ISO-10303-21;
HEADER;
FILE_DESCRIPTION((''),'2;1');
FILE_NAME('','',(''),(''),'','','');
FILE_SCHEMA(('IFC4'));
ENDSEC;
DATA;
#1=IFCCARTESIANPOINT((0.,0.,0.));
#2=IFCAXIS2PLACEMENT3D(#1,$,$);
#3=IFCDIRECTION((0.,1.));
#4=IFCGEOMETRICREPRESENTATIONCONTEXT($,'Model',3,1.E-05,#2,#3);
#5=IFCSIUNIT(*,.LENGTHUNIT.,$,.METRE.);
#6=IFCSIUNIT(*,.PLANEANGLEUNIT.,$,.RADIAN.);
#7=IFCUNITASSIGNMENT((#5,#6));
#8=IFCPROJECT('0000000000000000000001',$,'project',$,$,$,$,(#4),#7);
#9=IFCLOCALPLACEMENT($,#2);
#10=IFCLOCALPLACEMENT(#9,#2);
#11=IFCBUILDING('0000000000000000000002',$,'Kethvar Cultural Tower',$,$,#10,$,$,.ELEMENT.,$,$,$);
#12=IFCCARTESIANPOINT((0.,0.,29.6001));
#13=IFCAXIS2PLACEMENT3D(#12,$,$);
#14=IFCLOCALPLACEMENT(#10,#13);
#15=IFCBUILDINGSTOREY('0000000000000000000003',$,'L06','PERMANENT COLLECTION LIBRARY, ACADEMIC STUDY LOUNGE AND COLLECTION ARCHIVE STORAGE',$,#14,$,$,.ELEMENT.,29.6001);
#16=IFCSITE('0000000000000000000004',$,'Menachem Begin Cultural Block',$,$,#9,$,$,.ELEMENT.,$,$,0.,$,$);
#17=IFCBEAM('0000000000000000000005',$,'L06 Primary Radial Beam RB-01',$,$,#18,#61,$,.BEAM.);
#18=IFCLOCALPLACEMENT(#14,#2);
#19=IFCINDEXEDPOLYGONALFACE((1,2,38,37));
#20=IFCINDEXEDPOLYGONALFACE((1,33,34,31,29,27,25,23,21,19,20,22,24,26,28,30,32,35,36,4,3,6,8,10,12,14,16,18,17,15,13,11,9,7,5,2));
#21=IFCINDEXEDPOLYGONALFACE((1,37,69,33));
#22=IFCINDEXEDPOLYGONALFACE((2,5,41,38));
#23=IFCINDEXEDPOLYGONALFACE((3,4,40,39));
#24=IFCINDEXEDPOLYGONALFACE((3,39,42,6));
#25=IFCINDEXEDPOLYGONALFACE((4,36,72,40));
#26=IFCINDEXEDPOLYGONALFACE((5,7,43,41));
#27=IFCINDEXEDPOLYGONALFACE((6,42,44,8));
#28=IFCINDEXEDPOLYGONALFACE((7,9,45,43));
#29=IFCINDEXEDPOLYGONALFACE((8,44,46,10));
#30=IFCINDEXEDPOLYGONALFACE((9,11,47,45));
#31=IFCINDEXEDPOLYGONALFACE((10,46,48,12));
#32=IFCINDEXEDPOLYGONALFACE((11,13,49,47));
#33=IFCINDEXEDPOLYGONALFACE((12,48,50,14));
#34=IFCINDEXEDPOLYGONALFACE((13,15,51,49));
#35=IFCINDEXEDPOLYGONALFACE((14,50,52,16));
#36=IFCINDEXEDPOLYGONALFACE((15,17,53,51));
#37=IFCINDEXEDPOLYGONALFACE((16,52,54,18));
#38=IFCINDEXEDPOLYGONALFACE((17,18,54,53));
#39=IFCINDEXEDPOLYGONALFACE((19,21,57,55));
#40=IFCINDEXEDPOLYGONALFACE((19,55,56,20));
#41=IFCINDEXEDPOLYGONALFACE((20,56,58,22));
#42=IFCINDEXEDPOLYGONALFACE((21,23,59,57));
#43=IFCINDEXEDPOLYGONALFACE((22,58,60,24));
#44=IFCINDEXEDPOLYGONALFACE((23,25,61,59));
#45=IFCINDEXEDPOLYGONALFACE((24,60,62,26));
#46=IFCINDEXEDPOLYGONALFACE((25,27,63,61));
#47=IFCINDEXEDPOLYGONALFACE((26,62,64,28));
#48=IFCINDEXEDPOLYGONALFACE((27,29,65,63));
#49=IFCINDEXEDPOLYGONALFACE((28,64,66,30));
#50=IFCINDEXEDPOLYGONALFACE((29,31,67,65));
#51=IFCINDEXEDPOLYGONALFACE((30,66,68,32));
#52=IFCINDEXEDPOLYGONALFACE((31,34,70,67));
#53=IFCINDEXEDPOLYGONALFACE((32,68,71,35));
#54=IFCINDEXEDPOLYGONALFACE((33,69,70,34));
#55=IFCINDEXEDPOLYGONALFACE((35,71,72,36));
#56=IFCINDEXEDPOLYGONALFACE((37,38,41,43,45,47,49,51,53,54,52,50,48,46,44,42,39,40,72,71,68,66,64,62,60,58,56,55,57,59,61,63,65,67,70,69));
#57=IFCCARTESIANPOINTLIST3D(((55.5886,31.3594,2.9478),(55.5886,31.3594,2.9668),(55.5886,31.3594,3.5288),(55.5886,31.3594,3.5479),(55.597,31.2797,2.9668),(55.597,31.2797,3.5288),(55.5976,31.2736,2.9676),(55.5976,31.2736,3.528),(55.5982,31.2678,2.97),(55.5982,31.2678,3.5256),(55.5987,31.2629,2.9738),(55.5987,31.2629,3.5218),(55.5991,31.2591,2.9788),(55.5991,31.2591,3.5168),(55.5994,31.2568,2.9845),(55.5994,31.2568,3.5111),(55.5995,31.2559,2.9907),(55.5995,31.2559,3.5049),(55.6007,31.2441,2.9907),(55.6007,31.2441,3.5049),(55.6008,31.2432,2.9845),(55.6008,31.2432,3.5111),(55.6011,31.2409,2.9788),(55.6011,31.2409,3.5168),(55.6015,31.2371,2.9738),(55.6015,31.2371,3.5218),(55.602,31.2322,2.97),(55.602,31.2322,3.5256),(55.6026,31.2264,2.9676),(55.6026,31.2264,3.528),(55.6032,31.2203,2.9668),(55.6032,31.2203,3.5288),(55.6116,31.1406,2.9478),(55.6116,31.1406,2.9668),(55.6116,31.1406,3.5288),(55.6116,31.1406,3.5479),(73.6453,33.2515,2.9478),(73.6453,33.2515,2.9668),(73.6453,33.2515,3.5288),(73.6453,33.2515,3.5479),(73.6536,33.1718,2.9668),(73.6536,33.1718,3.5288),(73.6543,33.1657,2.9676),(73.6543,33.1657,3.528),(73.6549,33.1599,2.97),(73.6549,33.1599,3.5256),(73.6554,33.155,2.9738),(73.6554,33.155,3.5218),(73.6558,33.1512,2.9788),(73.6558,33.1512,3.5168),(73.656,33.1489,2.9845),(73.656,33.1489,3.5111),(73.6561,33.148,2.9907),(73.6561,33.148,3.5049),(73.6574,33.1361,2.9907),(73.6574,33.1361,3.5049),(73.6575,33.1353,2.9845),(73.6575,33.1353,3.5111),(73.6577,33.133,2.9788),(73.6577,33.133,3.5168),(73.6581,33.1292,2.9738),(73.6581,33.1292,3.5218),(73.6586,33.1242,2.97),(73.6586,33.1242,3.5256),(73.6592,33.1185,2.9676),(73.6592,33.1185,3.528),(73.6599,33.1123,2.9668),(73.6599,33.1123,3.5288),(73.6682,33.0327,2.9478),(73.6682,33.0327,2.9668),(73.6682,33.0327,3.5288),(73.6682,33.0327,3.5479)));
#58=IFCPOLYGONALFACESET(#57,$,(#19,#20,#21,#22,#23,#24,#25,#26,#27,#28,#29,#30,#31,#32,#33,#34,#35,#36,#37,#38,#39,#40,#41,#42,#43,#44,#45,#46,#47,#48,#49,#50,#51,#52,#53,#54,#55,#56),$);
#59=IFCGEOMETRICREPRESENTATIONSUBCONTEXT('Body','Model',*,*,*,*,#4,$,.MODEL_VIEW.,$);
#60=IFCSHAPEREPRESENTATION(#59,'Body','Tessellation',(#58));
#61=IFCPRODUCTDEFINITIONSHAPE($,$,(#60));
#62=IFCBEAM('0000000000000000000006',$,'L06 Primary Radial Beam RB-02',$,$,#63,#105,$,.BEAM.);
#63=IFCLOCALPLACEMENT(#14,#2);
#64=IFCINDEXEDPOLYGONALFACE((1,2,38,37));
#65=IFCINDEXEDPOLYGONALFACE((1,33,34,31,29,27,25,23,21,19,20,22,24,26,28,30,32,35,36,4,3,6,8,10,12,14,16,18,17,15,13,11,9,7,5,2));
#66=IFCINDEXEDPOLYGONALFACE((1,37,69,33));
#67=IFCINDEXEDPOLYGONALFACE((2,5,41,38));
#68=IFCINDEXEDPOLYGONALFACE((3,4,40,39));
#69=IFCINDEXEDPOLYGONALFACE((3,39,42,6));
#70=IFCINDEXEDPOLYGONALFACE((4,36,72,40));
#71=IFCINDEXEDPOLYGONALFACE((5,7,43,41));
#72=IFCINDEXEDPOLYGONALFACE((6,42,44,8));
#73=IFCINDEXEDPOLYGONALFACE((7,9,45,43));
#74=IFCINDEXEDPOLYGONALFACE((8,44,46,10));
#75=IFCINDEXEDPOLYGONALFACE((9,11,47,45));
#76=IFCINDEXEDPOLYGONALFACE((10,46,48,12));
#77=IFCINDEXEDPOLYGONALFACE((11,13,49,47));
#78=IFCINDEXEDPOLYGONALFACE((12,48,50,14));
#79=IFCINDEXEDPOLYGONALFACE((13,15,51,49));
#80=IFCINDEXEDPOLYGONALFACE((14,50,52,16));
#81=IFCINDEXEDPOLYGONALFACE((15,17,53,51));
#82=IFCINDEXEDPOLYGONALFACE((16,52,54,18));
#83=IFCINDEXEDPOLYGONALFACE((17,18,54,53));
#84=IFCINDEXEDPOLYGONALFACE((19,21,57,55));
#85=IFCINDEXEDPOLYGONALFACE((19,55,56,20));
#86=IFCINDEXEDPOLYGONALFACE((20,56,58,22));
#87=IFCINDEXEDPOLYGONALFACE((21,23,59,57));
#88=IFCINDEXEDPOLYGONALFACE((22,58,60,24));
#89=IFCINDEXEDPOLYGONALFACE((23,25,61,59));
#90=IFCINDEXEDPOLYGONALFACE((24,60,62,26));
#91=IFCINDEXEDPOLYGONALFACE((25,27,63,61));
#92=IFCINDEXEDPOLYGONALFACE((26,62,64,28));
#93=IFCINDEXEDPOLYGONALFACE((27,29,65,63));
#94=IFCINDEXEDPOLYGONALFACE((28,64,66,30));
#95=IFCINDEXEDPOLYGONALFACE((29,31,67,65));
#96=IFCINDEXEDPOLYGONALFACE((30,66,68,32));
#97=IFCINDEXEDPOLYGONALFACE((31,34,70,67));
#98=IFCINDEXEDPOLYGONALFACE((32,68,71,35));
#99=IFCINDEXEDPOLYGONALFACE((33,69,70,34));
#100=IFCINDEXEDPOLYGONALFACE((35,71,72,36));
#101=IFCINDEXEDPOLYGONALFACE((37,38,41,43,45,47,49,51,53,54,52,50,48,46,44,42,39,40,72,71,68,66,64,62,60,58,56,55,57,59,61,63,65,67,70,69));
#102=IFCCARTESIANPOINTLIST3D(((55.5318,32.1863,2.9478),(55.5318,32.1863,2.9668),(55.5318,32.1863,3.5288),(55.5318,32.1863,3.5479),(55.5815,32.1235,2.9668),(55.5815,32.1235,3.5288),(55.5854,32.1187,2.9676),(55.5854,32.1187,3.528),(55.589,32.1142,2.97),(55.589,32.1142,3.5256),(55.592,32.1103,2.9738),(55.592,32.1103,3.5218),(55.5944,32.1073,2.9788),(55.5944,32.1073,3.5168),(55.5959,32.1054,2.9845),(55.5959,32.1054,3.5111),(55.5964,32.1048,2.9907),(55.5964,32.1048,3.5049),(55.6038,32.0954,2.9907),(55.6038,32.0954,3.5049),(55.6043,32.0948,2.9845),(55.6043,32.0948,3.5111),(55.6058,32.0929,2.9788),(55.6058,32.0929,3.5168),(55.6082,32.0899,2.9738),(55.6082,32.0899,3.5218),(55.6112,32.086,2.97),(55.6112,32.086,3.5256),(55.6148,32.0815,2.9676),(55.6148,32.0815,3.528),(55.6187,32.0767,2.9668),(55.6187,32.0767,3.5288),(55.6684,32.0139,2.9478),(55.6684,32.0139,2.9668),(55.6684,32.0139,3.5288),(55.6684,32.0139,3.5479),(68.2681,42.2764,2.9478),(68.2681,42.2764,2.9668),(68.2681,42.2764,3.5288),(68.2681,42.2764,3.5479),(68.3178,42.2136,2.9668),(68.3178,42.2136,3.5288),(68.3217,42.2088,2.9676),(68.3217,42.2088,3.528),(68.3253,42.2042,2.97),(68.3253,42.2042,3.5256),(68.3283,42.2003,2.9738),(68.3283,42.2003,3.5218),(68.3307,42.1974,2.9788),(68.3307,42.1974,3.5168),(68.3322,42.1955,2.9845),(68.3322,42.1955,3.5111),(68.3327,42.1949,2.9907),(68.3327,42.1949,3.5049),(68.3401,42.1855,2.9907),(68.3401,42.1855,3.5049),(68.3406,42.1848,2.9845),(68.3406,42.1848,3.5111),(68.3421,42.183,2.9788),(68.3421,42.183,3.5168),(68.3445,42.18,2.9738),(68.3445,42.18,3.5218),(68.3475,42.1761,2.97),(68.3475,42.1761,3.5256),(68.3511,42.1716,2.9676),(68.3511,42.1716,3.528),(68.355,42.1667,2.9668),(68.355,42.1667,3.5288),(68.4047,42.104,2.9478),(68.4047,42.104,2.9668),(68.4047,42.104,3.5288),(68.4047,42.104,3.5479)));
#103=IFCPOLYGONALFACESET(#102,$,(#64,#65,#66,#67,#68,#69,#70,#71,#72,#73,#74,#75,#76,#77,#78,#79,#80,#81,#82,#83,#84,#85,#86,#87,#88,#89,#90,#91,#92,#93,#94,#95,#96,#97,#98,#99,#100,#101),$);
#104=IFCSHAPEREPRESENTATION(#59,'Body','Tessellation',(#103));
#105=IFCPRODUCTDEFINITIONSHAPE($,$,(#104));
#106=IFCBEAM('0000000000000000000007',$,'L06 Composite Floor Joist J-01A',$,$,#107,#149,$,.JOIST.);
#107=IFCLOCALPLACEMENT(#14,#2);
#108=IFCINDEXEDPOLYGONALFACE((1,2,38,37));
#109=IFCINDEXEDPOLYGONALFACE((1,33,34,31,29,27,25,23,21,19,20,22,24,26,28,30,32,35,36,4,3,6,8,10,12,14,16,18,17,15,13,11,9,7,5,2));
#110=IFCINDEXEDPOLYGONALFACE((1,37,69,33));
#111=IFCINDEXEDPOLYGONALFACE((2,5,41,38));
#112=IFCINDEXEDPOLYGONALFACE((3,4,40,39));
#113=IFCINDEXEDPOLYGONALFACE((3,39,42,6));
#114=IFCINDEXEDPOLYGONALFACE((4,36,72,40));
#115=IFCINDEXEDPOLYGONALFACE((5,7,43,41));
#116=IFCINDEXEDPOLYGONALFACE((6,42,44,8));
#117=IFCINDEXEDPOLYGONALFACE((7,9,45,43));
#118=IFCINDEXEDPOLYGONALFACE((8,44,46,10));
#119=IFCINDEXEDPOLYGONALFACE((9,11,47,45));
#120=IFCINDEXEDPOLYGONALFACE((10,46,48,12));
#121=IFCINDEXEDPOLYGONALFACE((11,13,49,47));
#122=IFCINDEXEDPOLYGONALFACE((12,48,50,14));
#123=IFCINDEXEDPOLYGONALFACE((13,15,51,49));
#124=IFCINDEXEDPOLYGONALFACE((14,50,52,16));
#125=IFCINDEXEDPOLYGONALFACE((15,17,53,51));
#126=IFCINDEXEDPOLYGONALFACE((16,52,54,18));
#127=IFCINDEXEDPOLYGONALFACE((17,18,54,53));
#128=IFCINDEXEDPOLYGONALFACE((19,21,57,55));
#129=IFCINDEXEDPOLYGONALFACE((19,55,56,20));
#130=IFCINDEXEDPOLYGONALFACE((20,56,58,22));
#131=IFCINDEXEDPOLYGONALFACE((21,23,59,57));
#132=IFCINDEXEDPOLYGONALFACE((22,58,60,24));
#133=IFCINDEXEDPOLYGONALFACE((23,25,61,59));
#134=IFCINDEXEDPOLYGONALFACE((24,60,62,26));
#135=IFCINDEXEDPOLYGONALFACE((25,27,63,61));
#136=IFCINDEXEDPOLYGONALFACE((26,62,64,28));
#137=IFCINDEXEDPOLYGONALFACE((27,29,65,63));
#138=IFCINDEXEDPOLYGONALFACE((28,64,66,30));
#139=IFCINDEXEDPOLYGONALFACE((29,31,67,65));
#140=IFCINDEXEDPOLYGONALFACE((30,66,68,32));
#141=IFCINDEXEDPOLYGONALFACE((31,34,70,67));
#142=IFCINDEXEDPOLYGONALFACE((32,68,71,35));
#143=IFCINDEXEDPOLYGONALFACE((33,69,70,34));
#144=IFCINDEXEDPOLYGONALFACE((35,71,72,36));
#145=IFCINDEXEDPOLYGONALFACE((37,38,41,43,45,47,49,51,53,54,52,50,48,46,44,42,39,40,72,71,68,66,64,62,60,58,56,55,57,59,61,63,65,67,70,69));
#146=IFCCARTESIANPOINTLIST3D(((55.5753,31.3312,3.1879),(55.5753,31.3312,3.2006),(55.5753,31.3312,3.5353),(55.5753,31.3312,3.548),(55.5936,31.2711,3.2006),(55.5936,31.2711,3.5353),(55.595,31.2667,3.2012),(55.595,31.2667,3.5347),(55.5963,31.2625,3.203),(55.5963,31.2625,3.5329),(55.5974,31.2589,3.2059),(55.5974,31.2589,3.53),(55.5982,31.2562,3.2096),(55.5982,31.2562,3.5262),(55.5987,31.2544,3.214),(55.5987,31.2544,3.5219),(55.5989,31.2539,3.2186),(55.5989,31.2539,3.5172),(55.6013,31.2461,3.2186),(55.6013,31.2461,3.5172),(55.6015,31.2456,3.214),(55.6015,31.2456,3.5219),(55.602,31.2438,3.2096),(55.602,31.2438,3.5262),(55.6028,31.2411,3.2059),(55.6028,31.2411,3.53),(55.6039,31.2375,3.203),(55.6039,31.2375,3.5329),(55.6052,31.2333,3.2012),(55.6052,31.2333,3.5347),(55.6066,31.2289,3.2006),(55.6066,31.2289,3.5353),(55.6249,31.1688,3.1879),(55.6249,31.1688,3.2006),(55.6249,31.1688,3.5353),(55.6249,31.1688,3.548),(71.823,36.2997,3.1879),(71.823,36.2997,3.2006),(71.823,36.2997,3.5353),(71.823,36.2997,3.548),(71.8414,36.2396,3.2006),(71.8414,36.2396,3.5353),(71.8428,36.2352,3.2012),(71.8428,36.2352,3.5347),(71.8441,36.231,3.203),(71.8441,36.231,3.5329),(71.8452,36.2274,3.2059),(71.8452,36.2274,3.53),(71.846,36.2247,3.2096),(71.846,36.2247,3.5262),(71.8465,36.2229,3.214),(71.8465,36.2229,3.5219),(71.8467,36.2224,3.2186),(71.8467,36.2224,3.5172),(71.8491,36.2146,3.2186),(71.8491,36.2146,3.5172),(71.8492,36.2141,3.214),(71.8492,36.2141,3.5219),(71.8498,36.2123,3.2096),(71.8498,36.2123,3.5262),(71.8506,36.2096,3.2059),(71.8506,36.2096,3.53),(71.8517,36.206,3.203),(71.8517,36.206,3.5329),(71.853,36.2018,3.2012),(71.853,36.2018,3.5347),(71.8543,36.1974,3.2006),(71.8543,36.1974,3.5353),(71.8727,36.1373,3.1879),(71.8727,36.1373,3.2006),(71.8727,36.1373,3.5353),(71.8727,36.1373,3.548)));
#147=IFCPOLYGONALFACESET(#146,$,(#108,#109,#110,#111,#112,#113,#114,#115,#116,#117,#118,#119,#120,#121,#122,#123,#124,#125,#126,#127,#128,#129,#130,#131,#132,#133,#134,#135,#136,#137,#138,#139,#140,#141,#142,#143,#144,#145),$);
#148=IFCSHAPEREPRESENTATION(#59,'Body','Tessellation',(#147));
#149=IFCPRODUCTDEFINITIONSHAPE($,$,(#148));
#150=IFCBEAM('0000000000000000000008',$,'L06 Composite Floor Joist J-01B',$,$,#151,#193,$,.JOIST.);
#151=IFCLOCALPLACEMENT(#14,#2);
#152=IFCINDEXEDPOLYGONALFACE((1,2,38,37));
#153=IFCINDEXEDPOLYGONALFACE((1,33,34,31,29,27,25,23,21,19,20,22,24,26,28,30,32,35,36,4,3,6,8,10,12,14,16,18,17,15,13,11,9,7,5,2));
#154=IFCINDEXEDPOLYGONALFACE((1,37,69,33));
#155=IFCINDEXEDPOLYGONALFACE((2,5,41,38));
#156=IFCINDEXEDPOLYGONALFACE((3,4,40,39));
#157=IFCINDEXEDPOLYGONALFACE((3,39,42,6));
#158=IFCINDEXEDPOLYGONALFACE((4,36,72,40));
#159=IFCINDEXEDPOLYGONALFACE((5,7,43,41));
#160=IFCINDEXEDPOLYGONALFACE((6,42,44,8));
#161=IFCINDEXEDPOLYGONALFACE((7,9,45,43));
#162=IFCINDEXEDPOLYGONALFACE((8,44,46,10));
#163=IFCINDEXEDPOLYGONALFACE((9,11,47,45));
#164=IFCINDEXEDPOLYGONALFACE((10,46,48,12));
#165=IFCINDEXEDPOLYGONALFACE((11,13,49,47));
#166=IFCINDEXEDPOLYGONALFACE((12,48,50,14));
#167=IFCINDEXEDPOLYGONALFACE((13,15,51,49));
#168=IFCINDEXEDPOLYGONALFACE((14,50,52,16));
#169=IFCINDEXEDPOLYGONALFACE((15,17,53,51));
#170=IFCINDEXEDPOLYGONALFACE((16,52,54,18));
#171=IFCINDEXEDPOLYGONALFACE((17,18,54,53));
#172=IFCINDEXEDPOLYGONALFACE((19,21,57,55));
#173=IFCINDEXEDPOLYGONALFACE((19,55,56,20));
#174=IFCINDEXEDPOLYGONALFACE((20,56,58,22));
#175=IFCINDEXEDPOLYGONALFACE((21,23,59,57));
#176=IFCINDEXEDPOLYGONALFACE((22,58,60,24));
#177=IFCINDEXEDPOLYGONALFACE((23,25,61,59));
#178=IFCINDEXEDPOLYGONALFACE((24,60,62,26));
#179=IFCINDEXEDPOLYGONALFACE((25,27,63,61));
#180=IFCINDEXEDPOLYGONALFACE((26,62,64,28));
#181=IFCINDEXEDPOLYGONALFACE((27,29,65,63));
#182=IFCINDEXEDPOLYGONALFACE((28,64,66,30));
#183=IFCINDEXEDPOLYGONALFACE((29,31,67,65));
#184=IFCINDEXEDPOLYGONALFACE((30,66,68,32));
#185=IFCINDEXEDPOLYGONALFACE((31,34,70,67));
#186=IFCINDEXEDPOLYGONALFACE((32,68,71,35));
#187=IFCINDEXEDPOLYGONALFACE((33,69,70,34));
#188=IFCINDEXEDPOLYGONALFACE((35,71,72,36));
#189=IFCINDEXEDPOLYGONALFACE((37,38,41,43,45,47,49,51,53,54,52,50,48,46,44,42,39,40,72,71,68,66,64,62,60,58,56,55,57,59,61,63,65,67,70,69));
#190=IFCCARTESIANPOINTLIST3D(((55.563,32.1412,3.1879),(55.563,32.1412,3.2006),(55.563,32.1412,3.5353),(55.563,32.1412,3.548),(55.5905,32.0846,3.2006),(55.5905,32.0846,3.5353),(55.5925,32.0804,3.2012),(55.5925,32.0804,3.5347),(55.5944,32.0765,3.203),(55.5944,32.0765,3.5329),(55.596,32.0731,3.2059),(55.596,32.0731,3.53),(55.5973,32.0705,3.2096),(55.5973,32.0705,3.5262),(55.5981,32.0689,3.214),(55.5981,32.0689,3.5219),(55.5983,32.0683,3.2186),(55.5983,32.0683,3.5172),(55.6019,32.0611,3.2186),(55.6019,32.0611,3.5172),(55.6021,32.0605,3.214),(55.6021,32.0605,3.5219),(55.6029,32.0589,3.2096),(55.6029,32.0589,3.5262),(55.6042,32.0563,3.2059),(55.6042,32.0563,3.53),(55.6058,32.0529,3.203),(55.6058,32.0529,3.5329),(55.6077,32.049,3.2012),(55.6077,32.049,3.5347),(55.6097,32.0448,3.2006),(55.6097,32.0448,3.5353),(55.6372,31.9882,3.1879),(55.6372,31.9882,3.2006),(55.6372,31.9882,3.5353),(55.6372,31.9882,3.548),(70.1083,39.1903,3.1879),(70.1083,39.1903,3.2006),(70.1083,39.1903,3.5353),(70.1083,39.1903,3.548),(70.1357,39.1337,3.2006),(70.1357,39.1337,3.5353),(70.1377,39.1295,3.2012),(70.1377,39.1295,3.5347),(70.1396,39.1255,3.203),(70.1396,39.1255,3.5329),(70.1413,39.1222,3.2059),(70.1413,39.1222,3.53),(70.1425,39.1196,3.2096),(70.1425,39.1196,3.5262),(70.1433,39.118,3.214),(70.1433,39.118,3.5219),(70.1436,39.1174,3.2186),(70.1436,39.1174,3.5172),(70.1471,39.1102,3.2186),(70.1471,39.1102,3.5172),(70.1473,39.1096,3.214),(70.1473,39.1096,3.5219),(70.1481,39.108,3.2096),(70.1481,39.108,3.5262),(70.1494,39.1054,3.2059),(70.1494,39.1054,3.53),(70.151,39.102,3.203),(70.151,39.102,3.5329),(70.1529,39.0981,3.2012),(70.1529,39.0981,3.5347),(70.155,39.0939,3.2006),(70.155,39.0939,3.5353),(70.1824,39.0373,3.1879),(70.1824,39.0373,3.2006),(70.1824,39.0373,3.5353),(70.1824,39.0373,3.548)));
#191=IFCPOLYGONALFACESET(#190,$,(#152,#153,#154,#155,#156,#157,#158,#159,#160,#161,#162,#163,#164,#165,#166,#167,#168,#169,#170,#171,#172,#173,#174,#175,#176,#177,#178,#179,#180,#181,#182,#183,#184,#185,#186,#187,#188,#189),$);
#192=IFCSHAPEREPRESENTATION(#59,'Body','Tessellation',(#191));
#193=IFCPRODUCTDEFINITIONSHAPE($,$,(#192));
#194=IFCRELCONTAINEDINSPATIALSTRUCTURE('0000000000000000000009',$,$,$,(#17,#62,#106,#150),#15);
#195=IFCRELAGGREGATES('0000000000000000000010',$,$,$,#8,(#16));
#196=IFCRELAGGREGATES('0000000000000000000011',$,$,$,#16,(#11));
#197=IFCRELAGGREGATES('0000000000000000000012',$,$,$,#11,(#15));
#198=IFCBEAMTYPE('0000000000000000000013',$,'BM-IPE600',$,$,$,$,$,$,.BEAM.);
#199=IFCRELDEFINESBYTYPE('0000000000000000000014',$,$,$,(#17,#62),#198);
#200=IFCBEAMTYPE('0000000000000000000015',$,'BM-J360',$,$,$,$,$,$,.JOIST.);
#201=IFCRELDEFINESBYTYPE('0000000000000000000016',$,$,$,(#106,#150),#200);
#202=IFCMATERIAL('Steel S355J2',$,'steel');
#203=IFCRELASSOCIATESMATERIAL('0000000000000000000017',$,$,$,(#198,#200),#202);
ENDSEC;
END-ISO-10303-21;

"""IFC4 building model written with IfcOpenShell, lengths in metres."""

from ifc_helpers import new_model, si_unit, direction, frame, origin, origin_2d, place, context, subcontext, project, spatial, i_section, extrude, source, transform, mapped, material, material_profile, profile_set, type_object, element, save


model = new_model("IFC4")

# Units and contexts
model_context = context("Model", 3, precision=1e-05, world=origin(), true_north=direction((0.0, 1.0)))
body_context = subcontext(model_context, "Body", "Model", "MODEL_VIEW")
ifc_project = project(units=[si_unit("LENGTHUNIT", "METRE"), si_unit("PLANEANGLEUNIT", "RADIAN")], contexts=[model_context])

# Site, building, storey
site_placement = place(None, origin())
site = spatial("IfcSite", under=ifc_project, at=site_placement, Name="Menachem Begin Cultural Block", CompositionType="ELEMENT", RefElevation=0.0)
building_placement = place(site_placement, origin())
building = spatial("IfcBuilding", under=site, at=building_placement, Name="Kethvar Cultural Tower", CompositionType="ELEMENT")
storey_placement = place(building_placement, frame((0.0, 0.0, 29.6001)))
storey = spatial("IfcBuildingStorey", under=building, at=storey_placement, Name="L06", Description="PERMANENT COLLECTION LIBRARY, ACADEMIC STUDY LOUNGE AND COLLECTION ARCHIVE STORAGE", CompositionType="ELEMENT", Elevation=29.6001)

# Beams
ifc_material_1 = material(Name="Steel S355J2", Category="steel")
ifc_material_profile_1 = material_profile(ifc_material_1, i_section(OverallWidth=0.22, OverallDepth=0.6001, WebThickness=0.012, FlangeThickness=0.019, FilletRadius=0.0239, at=origin_2d()), Name="Steel S355J2 — IPE600")
ifc_profile_set_1 = profile_set([ifc_material_profile_1], Name="Steel S355J2 — IPE600")
beam_type_1 = type_object("IfcBeamType", Name="BM-IPE600", PredefinedType="BEAM", material=ifc_profile_set_1)
shared_shape_1 = source(origin(), body_context, "Body", "SweptSolid", [
    extrude(i_section(OverallWidth=0.22, OverallDepth=0.6001, WebThickness=0.012, FlangeThickness=0.019, FilletRadius=0.0239, at=origin_2d()), origin(), (0.0, 0.0, 1.0), 18.1555),
])
beam_1_placement = place(storey_placement, frame((55.6001, 31.25, 3.2478), z_axis=(0.994555, 0.104216, 0.0), x_axis=(-0.104216, 0.994555, 0.0)))
element("IfcBeam", 1, at=beam_1_placement, inside=storey, type_object=beam_type_1, Name="L06 Primary Radial Beam RB-01", PredefinedType="BEAM", context=body_context, shape_type="MappedRepresentation", body=[
    mapped(shared_shape_1, transform((0.0, 0.0, 0.0), scale=1.0)),
])
shared_shape_2 = source(origin(), body_context, "Body", "SweptSolid", [
    extrude(i_section(OverallWidth=0.22, OverallDepth=0.6001, WebThickness=0.012, FlangeThickness=0.019, FilletRadius=0.0239, at=origin_2d()), origin(), (0.0, 0.0, 1.0), 16.2488),
])
beam_2_placement = place(storey_placement, frame((55.6001, 32.1001, 3.2478), z_axis=(0.783831, 0.620974, 0.0), x_axis=(-0.620974, 0.783831, 0.0)))
element("IfcBeam", 2, at=beam_2_placement, inside=storey, type_object=beam_type_1, Name="L06 Primary Radial Beam RB-02", PredefinedType="BEAM", context=body_context, shape_type="MappedRepresentation", body=[
    mapped(shared_shape_2, transform((0.0, 0.0, 0.0), scale=1.0)),
])
ifc_material_profile_2 = material_profile(ifc_material_1, i_section(OverallWidth=0.1699, OverallDepth=0.3601, WebThickness=0.0081, FlangeThickness=0.0127, FilletRadius=0.0181, at=origin_2d()), Name="Steel S355J2 — IPE360")
ifc_profile_set_2 = profile_set([ifc_material_profile_2], Name="Steel S355J2 — IPE360")
beam_type_2 = type_object("IfcBeamType", Name="BM-J360", PredefinedType="JOIST", material=ifc_profile_set_2)
shared_shape_3 = source(origin(), body_context, "Body", "SweptSolid", [
    extrude(i_section(OverallWidth=0.1699, OverallDepth=0.3601, WebThickness=0.0081, FlangeThickness=0.0127, FilletRadius=0.0181, at=origin_2d()), origin(), (0.0, 0.0, 1.0), 16.9905),
])
beam_3_placement = place(storey_placement, frame((55.6001, 31.25, 3.3679), z_axis=(0.956287, 0.292428, 0.0), x_axis=(-0.292428, 0.956287, 0.0)))
element("IfcBeam", 3, at=beam_3_placement, inside=storey, type_object=beam_type_2, Name="L06 Composite Floor Joist J-01A", PredefinedType="JOIST", context=body_context, shape_type="MappedRepresentation", body=[
    mapped(shared_shape_3, transform((0.0, 0.0, 0.0), scale=1.0)),
])
shared_shape_4 = source(origin(), body_context, "Body", "SweptSolid", [
    extrude(i_section(OverallWidth=0.1699, OverallDepth=0.3601, WebThickness=0.0081, FlangeThickness=0.0127, FilletRadius=0.0181, at=origin_2d()), origin(), (0.0, 0.0, 1.0), 16.1633),
])
beam_4_placement = place(storey_placement, frame((55.6001, 32.0647, 3.3679), z_axis=(0.89989, 0.436117, 0.0), x_axis=(-0.436117, 0.89989, 0.0)))
element("IfcBeam", 4, at=beam_4_placement, inside=storey, type_object=beam_type_2, Name="L06 Composite Floor Joist J-01B", PredefinedType="JOIST", context=body_context, shape_type="MappedRepresentation", body=[
    mapped(shared_shape_4, transform((0.0, 0.0, 0.0), scale=1.0)),
])

save(model, "model.ifc")
